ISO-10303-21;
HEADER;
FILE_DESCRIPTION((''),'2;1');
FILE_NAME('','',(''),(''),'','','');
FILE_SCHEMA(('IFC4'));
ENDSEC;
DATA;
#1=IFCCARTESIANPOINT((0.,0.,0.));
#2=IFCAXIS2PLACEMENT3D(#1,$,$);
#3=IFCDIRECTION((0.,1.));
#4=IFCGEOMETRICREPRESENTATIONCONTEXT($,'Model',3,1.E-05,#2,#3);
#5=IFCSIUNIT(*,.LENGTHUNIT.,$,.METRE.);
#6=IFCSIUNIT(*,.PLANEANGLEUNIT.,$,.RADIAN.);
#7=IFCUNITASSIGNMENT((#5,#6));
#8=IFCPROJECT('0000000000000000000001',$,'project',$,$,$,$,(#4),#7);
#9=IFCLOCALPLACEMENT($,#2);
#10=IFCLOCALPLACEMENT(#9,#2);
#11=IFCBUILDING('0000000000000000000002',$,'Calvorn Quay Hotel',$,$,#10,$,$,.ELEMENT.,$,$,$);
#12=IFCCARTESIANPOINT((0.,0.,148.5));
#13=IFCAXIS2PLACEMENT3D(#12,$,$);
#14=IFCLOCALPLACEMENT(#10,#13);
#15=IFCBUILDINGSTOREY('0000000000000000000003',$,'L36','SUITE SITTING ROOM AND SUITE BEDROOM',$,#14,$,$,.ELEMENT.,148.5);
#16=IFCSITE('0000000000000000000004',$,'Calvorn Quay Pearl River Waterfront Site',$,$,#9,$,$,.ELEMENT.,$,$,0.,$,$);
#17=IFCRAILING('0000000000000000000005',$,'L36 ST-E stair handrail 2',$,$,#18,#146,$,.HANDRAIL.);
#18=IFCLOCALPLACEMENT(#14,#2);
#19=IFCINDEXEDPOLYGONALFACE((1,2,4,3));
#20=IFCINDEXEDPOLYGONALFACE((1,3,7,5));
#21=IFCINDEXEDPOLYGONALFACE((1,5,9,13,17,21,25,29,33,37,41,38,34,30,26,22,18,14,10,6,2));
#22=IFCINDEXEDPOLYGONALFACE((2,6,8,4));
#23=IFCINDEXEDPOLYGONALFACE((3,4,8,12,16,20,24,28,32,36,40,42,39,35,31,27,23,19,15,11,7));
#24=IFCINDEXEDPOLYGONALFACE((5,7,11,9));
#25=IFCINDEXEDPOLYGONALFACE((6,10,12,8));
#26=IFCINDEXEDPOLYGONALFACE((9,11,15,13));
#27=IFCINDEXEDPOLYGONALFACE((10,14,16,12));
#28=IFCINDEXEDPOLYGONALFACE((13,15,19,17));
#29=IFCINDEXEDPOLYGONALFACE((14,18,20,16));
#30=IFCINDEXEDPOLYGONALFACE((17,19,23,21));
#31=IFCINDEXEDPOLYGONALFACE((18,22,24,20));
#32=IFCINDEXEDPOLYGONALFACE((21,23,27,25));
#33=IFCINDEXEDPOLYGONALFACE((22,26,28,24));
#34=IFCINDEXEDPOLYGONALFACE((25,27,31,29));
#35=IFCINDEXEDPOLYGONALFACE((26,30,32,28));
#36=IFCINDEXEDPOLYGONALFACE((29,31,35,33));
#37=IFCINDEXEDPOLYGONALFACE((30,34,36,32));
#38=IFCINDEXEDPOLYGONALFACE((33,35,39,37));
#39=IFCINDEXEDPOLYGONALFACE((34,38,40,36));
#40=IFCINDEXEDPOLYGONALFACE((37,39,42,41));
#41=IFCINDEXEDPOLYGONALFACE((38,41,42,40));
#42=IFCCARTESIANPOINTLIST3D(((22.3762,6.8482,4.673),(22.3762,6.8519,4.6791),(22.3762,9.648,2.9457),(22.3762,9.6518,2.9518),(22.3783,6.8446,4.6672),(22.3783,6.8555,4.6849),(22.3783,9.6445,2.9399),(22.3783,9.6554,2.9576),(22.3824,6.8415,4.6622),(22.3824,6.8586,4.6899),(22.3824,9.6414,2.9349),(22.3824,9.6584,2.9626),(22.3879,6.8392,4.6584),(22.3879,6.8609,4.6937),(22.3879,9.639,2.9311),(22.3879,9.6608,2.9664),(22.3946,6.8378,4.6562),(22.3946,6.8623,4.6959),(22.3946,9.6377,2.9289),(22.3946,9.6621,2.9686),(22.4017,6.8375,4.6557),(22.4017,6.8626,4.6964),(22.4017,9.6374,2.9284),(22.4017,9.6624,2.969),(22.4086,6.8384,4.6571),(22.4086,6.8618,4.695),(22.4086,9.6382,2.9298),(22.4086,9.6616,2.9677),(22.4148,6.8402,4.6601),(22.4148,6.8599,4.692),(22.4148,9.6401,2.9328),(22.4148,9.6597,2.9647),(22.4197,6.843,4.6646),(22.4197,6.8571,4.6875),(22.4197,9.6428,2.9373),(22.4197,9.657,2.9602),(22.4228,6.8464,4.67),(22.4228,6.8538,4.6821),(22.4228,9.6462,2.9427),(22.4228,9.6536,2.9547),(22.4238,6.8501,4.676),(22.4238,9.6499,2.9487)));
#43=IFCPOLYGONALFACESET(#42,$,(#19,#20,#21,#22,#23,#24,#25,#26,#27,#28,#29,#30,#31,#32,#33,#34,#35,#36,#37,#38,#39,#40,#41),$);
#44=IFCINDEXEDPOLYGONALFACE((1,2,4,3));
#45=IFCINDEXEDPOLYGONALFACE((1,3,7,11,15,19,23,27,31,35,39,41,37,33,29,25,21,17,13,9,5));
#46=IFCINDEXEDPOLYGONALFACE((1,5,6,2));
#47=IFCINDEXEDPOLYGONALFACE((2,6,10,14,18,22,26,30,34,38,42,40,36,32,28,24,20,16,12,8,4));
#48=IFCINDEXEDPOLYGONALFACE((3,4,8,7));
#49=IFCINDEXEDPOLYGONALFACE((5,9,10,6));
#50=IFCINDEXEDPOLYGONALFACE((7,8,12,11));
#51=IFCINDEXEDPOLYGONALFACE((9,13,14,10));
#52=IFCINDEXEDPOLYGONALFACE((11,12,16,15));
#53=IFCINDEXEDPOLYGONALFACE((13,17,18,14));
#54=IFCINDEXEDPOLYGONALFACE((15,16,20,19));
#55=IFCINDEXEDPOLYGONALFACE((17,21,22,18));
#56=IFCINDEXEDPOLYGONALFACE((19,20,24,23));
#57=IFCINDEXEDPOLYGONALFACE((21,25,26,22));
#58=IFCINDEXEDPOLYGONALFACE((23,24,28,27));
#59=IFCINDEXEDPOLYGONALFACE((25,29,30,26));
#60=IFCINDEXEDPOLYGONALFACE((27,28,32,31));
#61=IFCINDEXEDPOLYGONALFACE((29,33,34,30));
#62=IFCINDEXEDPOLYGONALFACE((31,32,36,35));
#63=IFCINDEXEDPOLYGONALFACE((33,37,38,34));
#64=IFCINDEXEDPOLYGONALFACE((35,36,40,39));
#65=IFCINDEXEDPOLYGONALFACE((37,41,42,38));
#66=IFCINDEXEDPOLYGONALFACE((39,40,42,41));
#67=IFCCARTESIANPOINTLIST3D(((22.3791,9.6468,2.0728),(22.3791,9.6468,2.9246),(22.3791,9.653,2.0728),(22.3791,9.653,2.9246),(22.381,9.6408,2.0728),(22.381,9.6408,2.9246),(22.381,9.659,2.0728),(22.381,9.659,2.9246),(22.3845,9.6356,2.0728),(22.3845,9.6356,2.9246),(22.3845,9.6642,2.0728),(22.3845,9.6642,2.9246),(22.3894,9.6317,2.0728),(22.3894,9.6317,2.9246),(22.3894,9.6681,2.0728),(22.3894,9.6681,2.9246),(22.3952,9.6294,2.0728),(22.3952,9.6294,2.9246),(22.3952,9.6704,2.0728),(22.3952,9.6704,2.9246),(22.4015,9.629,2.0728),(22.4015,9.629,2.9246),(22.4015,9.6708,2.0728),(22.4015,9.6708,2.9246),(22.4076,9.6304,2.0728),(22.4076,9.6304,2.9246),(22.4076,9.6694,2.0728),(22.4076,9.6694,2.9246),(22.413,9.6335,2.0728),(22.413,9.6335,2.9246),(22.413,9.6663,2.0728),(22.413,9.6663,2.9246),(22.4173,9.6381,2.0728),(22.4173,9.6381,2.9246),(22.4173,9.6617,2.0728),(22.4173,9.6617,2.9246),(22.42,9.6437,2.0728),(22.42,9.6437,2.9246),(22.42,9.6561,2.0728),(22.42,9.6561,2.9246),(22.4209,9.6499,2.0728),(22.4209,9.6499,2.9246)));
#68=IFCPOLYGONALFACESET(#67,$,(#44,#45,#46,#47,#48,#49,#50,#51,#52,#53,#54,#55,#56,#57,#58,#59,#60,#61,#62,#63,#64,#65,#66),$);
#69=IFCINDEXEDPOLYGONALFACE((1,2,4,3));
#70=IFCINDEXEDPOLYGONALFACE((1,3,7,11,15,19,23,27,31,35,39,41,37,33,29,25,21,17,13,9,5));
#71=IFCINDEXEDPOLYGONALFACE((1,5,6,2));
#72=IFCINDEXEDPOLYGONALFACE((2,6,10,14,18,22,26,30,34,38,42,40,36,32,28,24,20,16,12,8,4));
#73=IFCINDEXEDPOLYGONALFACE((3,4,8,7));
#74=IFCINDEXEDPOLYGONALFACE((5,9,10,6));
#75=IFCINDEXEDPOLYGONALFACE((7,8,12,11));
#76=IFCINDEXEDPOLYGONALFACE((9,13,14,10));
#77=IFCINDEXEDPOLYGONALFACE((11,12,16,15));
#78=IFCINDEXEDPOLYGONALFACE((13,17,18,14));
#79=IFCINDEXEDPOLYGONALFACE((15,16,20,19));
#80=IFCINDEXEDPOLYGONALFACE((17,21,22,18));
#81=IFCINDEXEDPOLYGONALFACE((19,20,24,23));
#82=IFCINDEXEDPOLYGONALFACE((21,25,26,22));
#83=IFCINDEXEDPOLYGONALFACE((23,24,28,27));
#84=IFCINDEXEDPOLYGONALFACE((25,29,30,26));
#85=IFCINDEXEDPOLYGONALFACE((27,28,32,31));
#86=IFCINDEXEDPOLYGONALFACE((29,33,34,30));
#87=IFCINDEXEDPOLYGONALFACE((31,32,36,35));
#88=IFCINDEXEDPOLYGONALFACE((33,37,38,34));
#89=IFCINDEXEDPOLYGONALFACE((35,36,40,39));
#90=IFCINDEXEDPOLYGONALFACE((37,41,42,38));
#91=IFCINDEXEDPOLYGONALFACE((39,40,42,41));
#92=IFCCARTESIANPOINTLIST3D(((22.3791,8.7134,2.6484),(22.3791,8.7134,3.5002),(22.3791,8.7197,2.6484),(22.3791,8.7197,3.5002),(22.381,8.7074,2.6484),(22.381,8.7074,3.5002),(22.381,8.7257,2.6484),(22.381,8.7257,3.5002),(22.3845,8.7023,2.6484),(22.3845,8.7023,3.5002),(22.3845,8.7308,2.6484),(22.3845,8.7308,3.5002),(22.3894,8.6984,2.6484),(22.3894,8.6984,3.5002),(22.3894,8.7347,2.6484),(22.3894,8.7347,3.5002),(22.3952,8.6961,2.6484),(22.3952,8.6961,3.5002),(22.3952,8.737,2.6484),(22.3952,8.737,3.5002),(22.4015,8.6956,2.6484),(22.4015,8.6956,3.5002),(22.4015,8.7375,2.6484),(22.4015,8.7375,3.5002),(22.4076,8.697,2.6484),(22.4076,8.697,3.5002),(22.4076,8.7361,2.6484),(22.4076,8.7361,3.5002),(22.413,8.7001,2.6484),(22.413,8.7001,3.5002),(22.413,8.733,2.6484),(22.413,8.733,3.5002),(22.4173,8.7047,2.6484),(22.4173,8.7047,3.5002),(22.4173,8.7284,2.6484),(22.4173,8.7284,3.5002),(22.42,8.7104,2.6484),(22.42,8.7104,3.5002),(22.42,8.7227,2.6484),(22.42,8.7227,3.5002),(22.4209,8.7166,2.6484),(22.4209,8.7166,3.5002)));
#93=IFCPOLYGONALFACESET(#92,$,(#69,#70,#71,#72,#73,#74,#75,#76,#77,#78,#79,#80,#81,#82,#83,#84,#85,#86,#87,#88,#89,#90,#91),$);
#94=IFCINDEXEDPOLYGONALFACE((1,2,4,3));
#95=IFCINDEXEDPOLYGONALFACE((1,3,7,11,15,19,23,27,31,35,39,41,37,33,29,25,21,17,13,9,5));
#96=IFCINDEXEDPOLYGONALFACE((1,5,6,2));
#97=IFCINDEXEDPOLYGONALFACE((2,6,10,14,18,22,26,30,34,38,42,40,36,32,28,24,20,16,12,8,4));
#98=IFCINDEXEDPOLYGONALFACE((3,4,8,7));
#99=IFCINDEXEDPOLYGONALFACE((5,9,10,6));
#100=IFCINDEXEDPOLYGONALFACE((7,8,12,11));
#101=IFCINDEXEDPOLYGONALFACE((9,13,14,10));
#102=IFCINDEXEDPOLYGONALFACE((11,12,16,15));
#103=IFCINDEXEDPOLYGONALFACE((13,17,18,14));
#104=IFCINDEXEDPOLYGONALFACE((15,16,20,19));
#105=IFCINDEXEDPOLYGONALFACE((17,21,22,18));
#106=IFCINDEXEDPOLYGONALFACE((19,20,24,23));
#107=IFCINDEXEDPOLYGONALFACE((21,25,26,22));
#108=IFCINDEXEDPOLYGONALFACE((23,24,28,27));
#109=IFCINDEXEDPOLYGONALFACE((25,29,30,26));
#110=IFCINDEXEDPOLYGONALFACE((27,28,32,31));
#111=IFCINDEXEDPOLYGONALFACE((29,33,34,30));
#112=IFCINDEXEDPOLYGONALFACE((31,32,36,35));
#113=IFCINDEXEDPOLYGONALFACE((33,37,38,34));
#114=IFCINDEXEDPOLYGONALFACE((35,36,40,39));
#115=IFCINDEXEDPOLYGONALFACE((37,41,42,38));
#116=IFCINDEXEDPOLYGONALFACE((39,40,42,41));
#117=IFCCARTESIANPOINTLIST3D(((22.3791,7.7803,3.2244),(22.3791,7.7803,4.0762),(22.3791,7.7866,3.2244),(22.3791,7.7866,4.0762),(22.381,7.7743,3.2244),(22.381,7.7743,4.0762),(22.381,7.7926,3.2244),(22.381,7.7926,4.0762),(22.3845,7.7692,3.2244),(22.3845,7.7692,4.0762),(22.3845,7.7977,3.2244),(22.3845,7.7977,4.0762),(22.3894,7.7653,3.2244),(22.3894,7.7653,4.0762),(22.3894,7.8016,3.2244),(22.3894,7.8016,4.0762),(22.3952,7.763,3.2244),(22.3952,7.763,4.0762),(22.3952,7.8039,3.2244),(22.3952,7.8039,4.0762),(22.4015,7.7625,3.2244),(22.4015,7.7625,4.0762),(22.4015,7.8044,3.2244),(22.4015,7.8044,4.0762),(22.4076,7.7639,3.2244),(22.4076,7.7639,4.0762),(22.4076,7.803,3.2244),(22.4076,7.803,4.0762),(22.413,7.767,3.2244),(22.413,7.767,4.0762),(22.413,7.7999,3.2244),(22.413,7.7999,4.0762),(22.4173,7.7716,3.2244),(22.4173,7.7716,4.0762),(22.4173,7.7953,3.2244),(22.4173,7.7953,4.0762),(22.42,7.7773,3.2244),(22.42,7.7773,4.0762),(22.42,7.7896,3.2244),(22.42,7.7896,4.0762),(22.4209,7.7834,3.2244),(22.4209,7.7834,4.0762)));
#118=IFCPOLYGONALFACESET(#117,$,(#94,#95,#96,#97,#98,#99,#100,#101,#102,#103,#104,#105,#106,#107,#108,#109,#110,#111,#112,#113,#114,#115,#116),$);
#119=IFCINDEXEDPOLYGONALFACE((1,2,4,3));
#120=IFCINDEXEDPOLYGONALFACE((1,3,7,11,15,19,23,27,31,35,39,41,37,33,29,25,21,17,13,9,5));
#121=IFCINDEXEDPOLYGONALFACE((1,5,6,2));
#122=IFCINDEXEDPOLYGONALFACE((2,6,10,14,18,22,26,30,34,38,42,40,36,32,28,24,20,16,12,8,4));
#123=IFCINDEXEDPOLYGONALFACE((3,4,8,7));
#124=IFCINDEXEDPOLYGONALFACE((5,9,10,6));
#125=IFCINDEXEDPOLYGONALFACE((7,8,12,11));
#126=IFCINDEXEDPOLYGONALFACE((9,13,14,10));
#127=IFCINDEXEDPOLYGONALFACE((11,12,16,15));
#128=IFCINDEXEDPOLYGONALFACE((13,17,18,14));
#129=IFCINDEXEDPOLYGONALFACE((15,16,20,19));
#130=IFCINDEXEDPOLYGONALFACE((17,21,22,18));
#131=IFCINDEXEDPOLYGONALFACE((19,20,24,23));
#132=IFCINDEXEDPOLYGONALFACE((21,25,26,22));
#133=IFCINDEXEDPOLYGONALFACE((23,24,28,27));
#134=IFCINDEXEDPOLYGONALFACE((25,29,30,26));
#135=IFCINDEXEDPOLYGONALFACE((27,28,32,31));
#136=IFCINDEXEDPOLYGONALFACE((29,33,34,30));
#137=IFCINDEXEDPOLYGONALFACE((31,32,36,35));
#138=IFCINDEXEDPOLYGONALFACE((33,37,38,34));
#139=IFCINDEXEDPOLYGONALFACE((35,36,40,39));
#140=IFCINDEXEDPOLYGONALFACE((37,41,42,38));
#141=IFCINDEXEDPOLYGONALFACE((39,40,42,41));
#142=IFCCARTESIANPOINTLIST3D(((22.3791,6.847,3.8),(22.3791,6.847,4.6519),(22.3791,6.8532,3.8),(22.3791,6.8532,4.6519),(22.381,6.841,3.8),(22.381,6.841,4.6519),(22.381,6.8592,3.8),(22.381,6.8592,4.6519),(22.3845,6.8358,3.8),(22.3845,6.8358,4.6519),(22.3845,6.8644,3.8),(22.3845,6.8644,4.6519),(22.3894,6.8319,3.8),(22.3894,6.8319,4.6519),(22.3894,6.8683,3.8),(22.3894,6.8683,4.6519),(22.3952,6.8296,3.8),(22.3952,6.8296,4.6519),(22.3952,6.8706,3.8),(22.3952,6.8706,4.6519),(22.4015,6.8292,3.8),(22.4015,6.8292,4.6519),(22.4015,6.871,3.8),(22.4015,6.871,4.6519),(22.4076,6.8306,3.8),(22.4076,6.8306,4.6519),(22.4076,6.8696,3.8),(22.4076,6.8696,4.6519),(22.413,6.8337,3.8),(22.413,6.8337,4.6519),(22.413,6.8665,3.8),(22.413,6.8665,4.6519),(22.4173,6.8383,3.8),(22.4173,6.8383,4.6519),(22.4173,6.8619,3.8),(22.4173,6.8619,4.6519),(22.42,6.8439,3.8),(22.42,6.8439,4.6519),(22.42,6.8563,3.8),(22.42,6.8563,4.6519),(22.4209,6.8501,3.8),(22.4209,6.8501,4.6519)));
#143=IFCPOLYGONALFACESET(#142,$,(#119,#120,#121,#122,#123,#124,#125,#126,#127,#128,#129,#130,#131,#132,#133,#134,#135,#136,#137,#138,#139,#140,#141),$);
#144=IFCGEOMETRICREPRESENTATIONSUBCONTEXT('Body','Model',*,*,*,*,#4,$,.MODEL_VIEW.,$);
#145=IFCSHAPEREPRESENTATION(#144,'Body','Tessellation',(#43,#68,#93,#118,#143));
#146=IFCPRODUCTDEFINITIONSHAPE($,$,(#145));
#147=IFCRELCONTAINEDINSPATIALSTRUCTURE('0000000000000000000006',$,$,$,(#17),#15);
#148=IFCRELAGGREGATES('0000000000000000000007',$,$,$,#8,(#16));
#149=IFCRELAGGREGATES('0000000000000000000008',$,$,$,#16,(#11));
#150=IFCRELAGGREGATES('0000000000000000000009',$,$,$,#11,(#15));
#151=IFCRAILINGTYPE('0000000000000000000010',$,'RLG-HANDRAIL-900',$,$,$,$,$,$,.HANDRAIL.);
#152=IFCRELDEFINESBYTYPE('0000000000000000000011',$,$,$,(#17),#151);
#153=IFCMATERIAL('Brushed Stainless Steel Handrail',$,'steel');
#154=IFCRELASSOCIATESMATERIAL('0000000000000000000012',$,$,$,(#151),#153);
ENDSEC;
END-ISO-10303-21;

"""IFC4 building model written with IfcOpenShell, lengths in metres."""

from ifc_helpers import new_model, si_unit, direction, frame, origin, origin_2d, place, context, subcontext, project, spatial, circle, extrude, material, type_object, element, save


model = new_model("IFC4")

# Units and contexts
model_context = context("Model", 3, precision=1e-05, world=origin(), true_north=direction((0.0, 1.0)))
body_context = subcontext(model_context, "Body", "Model", "MODEL_VIEW")
ifc_project = project(units=[si_unit("LENGTHUNIT", "METRE"), si_unit("PLANEANGLEUNIT", "RADIAN")], contexts=[model_context])

# Site, building, storey
site_placement = place(None, origin())
site = spatial("IfcSite", under=ifc_project, at=site_placement, Name="Calvorn Quay Pearl River Waterfront Site", CompositionType="ELEMENT", RefElevation=0.0)
building_placement = place(site_placement, origin())
building = spatial("IfcBuilding", under=site, at=building_placement, Name="Calvorn Quay Hotel", CompositionType="ELEMENT")
storey_placement = place(building_placement, frame((0.0, 0.0, 148.5)))
storey = spatial("IfcBuildingStorey", under=building, at=storey_placement, Name="L36", Description="SUITE SITTING ROOM AND SUITE BEDROOM", CompositionType="ELEMENT", Elevation=148.5)

# Railing
ifc_material_1 = material(Name="Brushed Stainless Steel Handrail", Category="steel")
railing_type_1 = type_object("IfcRailingType", Name="RLG-HANDRAIL-900", PredefinedType="HANDRAIL", material=ifc_material_1)
railing_1_placement = place(storey_placement, frame((22.3999, 9.6499, 2.0728)))
element("IfcRailing", 1, at=railing_1_placement, inside=storey, type_object=railing_type_1, Name="L36 ST-E stair handrail 2", PredefinedType="HANDRAIL", context=body_context, shape_type="SweptSolid", body=[
    extrude(circle(Radius=0.0239, at=origin_2d()), frame((0.0, 0.0, 0.876), z_axis=(0.0, -0.851069, 0.525054), x_axis=(1.0, 0.0, 0.0)), (0.0, 0.0, 1.0), 3.2898),
    extrude(circle(Radius=0.021, at=origin_2d()), origin(), (0.0, 0.0, 1.0), 0.8518),
    extrude(circle(Radius=0.021, at=origin_2d()), frame((0.0, -0.9333, 0.5757)), (0.0, 0.0, 1.0), 0.8518),
    extrude(circle(Radius=0.021, at=origin_2d()), frame((0.0, -1.8665, 1.1516)), (0.0, 0.0, 1.0), 0.8518),
    extrude(circle(Radius=0.021, at=origin_2d()), frame((0.0, -2.7998, 1.7273)), (0.0, 0.0, 1.0), 0.8518),
])

save(model, "model.ifc")
